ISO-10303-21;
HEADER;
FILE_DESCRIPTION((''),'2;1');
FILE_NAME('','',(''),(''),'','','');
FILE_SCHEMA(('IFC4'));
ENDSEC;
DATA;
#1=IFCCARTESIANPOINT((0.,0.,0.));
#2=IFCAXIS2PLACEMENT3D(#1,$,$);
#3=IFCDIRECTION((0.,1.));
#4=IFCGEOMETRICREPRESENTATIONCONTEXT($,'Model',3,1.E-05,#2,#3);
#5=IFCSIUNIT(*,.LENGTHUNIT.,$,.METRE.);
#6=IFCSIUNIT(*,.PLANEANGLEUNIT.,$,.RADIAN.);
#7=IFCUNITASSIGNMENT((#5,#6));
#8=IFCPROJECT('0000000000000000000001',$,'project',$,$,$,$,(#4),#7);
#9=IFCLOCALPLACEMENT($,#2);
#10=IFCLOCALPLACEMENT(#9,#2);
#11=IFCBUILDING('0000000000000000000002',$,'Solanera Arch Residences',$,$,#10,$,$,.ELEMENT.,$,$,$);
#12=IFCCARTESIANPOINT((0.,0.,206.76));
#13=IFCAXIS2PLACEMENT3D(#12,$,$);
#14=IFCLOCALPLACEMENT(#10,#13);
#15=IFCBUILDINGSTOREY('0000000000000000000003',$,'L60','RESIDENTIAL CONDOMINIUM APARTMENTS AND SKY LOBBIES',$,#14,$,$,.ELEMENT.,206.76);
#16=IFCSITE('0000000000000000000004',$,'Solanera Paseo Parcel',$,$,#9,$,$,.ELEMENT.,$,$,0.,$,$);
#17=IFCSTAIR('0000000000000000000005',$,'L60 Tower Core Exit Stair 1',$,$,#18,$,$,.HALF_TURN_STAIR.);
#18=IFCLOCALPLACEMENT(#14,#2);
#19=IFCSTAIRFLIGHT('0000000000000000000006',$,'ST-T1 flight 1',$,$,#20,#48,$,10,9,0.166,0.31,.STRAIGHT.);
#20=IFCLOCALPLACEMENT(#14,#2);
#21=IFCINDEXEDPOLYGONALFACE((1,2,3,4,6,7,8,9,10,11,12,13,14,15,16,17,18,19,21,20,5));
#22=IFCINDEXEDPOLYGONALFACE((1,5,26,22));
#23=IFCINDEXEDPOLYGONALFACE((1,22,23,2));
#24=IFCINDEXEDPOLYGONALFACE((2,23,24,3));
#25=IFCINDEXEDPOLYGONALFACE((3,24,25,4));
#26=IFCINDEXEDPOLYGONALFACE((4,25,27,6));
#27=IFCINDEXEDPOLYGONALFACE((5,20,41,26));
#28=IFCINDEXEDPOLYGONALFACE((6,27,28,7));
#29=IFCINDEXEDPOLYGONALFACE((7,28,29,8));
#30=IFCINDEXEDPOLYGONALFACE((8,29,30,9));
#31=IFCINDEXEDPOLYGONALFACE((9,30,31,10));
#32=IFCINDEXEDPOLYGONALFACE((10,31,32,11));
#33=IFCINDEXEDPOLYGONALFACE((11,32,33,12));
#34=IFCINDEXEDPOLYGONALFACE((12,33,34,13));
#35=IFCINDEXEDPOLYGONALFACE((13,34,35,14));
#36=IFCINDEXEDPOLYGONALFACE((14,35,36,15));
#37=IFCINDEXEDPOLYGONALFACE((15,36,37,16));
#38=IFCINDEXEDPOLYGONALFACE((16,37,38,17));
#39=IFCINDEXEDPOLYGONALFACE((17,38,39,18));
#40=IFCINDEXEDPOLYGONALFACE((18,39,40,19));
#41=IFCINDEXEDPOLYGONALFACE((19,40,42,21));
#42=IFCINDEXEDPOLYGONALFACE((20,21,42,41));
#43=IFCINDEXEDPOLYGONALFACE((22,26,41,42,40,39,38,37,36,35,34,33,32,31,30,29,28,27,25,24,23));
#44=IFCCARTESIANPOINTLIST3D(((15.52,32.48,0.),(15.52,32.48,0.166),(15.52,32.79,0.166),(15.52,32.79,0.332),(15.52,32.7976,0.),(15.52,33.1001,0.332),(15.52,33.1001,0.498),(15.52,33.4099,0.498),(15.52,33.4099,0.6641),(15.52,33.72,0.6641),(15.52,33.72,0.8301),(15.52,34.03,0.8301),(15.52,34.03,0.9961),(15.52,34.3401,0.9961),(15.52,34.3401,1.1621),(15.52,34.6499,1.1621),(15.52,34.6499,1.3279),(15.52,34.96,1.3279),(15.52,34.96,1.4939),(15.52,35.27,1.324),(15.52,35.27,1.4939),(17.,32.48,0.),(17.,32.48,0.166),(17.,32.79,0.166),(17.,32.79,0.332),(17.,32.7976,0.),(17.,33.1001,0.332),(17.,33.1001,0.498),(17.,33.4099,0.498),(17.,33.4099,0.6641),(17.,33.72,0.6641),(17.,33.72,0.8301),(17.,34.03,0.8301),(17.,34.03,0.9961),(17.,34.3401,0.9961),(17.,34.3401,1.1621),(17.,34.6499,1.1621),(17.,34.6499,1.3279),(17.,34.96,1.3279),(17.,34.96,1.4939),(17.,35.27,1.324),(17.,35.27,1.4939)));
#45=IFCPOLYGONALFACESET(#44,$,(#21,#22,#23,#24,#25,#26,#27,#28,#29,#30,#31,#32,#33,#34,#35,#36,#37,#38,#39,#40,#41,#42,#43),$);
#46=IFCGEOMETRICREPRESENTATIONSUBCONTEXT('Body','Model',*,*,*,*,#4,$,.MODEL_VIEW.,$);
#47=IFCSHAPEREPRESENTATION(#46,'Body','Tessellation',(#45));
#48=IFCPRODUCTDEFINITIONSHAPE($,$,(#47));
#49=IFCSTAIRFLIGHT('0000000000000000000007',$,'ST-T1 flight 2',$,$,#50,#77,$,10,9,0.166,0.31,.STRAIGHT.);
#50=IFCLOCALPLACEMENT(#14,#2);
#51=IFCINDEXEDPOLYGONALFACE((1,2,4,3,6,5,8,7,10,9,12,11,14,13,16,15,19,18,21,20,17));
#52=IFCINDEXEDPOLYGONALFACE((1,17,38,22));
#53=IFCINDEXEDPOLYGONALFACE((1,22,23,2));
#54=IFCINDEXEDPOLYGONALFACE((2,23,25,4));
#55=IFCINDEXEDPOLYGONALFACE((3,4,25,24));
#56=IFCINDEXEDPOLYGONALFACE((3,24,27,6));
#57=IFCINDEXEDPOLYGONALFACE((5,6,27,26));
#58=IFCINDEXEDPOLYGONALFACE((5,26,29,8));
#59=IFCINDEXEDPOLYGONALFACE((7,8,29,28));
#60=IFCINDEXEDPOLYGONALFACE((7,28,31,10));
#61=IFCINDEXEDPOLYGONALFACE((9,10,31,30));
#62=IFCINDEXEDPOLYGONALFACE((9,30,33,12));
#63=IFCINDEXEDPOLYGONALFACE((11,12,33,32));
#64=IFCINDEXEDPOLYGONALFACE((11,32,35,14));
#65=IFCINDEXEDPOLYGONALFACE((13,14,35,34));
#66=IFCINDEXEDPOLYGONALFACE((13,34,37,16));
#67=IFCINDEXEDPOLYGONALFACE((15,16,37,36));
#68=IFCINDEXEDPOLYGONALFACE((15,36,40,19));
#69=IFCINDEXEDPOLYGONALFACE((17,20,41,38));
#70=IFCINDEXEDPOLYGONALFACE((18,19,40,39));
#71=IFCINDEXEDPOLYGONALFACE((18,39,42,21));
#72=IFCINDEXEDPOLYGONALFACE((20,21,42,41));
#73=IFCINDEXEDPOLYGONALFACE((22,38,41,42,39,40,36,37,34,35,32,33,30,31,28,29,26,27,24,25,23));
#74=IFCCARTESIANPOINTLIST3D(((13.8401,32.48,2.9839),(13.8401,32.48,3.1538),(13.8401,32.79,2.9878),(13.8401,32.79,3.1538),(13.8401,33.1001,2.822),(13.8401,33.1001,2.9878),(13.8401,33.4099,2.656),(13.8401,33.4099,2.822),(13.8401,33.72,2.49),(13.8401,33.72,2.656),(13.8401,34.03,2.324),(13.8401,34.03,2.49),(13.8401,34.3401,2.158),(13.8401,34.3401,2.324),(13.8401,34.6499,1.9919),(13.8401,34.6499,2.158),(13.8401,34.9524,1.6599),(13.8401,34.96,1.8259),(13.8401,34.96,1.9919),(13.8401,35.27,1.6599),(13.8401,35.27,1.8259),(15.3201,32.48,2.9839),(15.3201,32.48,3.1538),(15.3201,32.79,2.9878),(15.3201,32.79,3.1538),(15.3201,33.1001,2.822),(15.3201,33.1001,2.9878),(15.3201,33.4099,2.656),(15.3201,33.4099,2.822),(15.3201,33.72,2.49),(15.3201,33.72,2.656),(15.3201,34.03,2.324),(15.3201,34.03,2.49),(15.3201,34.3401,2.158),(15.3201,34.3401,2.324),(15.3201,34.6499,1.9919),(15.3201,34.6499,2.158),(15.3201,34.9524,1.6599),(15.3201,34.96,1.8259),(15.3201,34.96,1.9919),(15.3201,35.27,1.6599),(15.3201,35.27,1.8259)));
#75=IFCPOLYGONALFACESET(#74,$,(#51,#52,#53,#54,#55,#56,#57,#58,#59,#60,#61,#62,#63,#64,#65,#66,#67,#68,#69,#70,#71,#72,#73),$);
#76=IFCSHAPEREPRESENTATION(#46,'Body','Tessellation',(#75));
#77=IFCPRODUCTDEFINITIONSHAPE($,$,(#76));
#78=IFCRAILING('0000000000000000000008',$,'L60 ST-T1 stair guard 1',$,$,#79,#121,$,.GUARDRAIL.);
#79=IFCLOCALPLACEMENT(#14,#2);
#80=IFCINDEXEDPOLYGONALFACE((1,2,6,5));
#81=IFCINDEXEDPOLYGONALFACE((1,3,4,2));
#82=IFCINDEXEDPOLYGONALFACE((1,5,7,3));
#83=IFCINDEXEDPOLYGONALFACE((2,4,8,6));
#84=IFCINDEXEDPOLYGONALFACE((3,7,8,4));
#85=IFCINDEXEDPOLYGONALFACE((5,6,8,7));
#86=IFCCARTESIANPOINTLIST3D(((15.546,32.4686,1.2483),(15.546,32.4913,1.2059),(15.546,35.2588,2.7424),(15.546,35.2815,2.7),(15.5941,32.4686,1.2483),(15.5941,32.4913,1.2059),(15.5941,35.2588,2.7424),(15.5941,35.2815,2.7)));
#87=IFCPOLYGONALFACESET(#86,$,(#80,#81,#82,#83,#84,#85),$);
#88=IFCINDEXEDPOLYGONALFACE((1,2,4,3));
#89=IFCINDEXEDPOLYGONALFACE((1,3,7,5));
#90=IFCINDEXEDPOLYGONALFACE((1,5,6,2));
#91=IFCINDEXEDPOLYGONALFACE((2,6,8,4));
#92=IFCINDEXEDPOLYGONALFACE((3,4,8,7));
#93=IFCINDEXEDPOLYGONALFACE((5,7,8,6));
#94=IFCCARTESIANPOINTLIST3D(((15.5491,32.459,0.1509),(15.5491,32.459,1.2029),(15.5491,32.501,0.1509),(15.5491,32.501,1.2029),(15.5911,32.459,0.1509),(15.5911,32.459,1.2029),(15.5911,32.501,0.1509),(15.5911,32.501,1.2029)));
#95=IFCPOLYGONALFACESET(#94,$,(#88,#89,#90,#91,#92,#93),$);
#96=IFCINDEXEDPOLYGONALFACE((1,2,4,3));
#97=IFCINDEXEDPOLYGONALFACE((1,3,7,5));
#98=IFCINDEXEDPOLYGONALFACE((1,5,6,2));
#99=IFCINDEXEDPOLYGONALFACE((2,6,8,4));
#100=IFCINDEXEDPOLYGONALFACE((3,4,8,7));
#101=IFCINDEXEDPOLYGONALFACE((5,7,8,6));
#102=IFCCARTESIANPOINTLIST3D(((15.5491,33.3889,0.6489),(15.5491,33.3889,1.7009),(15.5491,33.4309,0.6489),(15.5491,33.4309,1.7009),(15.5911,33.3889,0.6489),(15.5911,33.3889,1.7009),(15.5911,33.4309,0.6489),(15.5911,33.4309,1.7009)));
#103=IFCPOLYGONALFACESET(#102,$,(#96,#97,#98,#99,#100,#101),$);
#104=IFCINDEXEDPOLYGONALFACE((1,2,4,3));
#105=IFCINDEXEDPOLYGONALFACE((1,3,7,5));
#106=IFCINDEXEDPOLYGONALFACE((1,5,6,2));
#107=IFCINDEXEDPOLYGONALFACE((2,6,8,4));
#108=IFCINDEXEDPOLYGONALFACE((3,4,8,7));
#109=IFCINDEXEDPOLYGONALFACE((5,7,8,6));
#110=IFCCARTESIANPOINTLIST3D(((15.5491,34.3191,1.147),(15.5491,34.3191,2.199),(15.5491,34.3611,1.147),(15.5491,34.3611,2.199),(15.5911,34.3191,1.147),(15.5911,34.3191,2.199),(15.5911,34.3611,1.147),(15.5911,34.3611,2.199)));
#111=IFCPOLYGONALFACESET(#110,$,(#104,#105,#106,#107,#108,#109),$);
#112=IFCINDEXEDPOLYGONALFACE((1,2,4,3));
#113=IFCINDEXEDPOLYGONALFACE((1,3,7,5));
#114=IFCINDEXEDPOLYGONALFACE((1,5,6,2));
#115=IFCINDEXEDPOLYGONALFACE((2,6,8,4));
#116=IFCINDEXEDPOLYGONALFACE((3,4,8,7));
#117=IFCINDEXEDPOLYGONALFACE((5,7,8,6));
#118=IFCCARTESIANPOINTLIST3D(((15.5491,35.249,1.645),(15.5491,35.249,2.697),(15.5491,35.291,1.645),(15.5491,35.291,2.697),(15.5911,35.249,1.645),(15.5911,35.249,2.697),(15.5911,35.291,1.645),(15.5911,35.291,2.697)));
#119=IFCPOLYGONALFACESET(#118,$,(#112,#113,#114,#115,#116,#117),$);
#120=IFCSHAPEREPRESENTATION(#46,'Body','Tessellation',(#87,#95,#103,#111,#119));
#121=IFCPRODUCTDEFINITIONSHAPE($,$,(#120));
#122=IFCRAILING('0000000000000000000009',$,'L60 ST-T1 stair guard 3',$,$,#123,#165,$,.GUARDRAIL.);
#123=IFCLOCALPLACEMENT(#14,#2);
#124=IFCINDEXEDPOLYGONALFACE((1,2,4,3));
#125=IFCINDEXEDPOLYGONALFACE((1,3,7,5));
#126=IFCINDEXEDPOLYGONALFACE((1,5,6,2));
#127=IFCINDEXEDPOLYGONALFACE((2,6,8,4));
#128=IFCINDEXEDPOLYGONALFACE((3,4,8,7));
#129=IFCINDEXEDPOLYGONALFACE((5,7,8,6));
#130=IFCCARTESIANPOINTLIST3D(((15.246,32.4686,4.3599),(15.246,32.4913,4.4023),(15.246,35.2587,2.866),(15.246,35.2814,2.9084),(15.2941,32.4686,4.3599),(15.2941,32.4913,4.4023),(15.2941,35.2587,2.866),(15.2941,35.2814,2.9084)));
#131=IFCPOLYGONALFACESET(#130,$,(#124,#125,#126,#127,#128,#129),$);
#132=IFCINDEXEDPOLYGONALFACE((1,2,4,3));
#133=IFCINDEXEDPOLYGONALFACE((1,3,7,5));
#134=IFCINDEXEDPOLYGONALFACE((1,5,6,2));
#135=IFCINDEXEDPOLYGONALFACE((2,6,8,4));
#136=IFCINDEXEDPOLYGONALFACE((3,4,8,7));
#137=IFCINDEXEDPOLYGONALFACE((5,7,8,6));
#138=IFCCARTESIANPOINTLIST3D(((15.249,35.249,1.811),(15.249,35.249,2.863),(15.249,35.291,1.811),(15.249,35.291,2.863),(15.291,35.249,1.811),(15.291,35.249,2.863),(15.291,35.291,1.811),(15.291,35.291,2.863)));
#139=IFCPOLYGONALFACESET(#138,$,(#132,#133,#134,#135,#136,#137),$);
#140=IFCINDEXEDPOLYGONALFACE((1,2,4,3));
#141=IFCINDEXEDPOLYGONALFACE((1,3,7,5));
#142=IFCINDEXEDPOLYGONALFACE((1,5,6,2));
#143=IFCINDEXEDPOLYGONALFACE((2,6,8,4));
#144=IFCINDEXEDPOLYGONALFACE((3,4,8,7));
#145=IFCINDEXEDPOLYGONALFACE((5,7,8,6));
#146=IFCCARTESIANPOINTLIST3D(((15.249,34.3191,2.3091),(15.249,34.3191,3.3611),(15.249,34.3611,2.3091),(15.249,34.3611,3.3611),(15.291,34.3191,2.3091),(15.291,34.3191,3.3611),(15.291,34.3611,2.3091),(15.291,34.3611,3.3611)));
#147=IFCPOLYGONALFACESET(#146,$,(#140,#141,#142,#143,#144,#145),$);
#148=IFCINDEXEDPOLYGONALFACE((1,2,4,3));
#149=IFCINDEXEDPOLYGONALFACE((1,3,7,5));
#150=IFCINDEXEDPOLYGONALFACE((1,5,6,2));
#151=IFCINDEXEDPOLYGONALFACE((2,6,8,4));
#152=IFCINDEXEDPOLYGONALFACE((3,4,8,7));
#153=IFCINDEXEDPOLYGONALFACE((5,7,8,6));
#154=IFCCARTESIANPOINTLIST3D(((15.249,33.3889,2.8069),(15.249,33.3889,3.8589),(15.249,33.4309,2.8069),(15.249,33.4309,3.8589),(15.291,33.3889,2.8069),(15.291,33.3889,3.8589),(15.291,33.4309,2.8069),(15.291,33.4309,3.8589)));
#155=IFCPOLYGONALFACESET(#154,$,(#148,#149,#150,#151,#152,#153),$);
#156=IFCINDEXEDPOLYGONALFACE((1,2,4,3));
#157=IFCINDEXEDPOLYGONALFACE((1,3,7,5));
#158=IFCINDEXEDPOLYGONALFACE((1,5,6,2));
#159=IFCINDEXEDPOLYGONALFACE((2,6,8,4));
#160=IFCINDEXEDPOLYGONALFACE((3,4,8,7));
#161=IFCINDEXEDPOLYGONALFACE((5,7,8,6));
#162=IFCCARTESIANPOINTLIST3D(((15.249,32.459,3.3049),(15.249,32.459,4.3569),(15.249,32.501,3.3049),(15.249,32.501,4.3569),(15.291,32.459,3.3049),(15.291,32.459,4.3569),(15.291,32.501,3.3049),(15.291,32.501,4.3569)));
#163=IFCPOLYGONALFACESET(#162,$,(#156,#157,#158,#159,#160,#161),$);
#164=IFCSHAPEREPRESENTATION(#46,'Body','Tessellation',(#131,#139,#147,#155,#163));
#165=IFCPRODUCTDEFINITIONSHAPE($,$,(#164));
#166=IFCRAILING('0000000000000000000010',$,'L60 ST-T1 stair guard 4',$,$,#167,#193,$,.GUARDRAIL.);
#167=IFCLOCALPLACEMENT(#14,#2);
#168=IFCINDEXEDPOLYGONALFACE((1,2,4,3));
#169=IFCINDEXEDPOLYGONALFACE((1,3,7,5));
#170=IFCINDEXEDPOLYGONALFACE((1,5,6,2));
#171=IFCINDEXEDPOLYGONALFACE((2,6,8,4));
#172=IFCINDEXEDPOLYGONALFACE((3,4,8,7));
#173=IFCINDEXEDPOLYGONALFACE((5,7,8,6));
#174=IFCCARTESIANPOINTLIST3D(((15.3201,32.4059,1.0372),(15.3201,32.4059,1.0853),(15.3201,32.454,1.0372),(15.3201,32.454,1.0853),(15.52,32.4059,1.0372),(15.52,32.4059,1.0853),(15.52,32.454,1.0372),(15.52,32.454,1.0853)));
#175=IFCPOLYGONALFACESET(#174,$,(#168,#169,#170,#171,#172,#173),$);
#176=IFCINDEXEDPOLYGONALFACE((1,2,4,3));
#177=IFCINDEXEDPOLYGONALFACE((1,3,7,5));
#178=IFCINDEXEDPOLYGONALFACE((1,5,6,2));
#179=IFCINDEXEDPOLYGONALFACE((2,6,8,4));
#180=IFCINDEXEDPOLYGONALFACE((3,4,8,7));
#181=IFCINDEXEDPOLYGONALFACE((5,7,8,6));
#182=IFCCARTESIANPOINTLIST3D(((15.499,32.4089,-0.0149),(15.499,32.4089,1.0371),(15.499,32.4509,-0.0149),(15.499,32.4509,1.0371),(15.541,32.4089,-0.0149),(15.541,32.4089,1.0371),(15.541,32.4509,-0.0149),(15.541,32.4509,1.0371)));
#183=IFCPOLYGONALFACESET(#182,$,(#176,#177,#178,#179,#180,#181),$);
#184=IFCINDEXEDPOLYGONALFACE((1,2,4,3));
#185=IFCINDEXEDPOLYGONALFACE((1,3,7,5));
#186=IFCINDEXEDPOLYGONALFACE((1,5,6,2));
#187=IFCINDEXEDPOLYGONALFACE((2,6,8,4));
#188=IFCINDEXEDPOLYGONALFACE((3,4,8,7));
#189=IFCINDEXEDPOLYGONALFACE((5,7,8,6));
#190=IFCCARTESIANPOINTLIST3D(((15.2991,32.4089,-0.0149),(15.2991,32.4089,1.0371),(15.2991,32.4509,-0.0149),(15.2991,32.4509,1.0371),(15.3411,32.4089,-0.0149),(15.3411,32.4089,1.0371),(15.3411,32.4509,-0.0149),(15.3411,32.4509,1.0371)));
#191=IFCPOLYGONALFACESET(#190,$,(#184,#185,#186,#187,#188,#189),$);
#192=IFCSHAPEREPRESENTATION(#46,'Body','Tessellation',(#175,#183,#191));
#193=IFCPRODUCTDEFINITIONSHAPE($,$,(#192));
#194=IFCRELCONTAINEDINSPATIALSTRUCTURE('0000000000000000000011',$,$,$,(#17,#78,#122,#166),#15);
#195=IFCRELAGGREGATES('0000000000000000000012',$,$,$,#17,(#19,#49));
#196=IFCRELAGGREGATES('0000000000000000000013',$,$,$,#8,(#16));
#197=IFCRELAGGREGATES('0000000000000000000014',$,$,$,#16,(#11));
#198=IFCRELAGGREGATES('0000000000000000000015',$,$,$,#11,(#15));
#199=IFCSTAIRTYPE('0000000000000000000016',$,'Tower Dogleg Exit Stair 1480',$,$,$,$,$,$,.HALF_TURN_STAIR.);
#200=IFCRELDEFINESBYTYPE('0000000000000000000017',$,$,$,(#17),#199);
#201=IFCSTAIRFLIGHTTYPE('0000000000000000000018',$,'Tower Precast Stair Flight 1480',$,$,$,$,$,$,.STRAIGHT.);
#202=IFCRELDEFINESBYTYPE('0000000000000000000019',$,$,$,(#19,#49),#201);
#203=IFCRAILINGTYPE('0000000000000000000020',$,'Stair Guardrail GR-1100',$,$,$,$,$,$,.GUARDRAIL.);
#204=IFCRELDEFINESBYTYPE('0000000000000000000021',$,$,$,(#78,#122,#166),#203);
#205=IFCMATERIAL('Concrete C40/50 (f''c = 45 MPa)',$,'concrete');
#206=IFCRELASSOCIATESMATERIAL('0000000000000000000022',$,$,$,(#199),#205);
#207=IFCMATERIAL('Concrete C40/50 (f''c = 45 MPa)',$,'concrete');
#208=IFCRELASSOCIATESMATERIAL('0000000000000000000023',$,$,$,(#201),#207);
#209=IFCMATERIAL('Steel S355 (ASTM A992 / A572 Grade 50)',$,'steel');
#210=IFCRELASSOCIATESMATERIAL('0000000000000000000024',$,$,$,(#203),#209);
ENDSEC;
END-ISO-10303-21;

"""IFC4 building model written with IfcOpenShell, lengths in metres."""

from ifc_helpers import new_model, si_unit, direction, frame, origin, origin_2d, place, context, subcontext, project, spatial, polyline, rectangle, outline, extrude, material, type_object, element, aggregate, save


model = new_model("IFC4")

# Units and contexts
model_context = context("Model", 3, precision=1e-05, world=origin(), true_north=direction((0.0, 1.0)))
body_context = subcontext(model_context, "Body", "Model", "MODEL_VIEW")
ifc_project = project(units=[si_unit("LENGTHUNIT", "METRE"), si_unit("PLANEANGLEUNIT", "RADIAN")], contexts=[model_context])

# Site, building, storey
site_placement = place(None, origin())
site = spatial("IfcSite", under=ifc_project, at=site_placement, Name="Solanera Paseo Parcel", CompositionType="ELEMENT", RefElevation=0.0)
building_placement = place(site_placement, origin())
building = spatial("IfcBuilding", under=site, at=building_placement, Name="Solanera Arch Residences", CompositionType="ELEMENT")
storey_placement = place(building_placement, frame((0.0, 0.0, 206.76)))
storey = spatial("IfcBuildingStorey", under=building, at=storey_placement, Name="L60", Description="RESIDENTIAL CONDOMINIUM APARTMENTS AND SKY LOBBIES", CompositionType="ELEMENT", Elevation=206.76)

# Stair, stair flights
ifc_material_1 = material(Name="Concrete C40/50 (f'c = 45 MPa)", Category="concrete")
stair_type = type_object("IfcStairType", Name="Tower Dogleg Exit Stair 1480", PredefinedType="HALF_TURN_STAIR", material=ifc_material_1)
stair_placement = place(storey_placement, origin())
stair = element("IfcStair", 1, at=stair_placement, inside=storey, type_object=stair_type, Name="L60 Tower Core Exit Stair 1", PredefinedType="HALF_TURN_STAIR")
ifc_material_2 = material(Name="Concrete C40/50 (f'c = 45 MPa)", Category="concrete")
stair_flight_type = type_object("IfcStairFlightType", Name="Tower Precast Stair Flight 1480", PredefinedType="STRAIGHT", material=ifc_material_2)
stair_flight_1_placement = place(storey_placement, frame((16.26, 32.48, 0.0), z_axis=(0.0, 0.0, 1.0), x_axis=(0.0, 1.0, 0.0)))
stair_flight_1 = element("IfcStairFlight", 2, at=stair_flight_1_placement, type_object=stair_flight_type, Name="ST-T1 flight 1", NumberOfRisers=10, NumberOfTreads=9, PredefinedType="STRAIGHT", RiserHeight=0.166, TreadLength=0.31, context=body_context, shape_type="SweptSolid", body=[
    extrude(outline(polyline([(0.0, 0.0), (0.0, 0.166), (0.3101, 0.166), (0.3101, 0.332), (0.6201, 0.332), (0.6201, 0.498), (0.9299, 0.498), (0.9299, 0.6641), (1.24, 0.6641), (1.24, 0.8301), (1.55, 0.8301), (1.55, 0.9961), (1.8601, 0.9961), (1.8601, 1.1621), (2.1699, 1.1621), (2.1699, 1.3279), (2.48, 1.3279), (2.48, 1.4939), (2.79, 1.4939), (2.79, 1.6599), (2.79, 1.324), (0.3176, 0.0), (0.0, 0.0)])), frame((0.0, 0.74, 0.0), z_axis=(0.0, -1.0, 0.0), x_axis=(1.0, 0.0, 0.0)), (0.0, 0.0, 1.0), 1.48),
])
stair_flight_2_placement = place(storey_placement, frame((14.5801, 35.27, 1.6599), z_axis=(0.0, 0.0, 1.0), x_axis=(0.0, -1.0, 0.0)))
stair_flight_2 = element("IfcStairFlight", 3, at=stair_flight_2_placement, type_object=stair_flight_type, Name="ST-T1 flight 2", NumberOfRisers=10, NumberOfTreads=9, PredefinedType="STRAIGHT", RiserHeight=0.166, TreadLength=0.31, context=body_context, shape_type="SweptSolid", body=[
    extrude(outline(polyline([(0.0, 0.0), (0.0, 0.166), (0.3101, 0.166), (0.3101, 0.332), (0.6201, 0.332), (0.6201, 0.498), (0.9299, 0.498), (0.9299, 0.6641), (1.24, 0.6641), (1.24, 0.8301), (1.55, 0.8301), (1.55, 0.9961), (1.8601, 0.9961), (1.8601, 1.1621), (2.1699, 1.1621), (2.1699, 1.3279), (2.48, 1.3279), (2.48, 1.4939), (2.79, 1.4939), (2.79, 1.6599), (2.79, 1.324), (0.3176, 0.0), (0.0, 0.0)])), frame((0.0, 0.74, 0.0), z_axis=(0.0, -1.0, 0.0), x_axis=(1.0, 0.0, 0.0)), (0.0, 0.0, 1.0), 1.48),
])
aggregate(stair, [stair_flight_1, stair_flight_2])

# Railings
ifc_material_3 = material(Name="Steel S355 (ASTM A992 / A572 Grade 50)", Category="steel")
railing_type_1 = type_object("IfcRailingType", Name="Stair Guardrail GR-1100", PredefinedType="GUARDRAIL", material=ifc_material_3)
railing_1_placement = place(storey_placement, frame((15.5701, 32.48, 0.1509)))
element("IfcRailing", 4, at=railing_1_placement, inside=storey, type_object=railing_type_1, Name="L60 ST-T1 stair guard 1", PredefinedType="GUARDRAIL", context=body_context, shape_type="SweptSolid", body=[
    extrude(rectangle(XDim=0.0481, YDim=0.0481, at=origin_2d()), frame((0.0, 0.0, 1.0762), z_axis=(0.0, 0.881549, 0.472093), x_axis=(-1.0, 0.0, 0.0)), (0.0, 0.0, 1.0), 3.165),
    extrude(rectangle(XDim=0.042, YDim=0.042, at=origin_2d()), origin(), (0.0, 0.0, 1.0), 1.052),
    extrude(rectangle(XDim=0.042, YDim=0.042, at=origin_2d()), frame((0.0, 0.9299, 0.498)), (0.0, 0.0, 1.0), 1.052),
    extrude(rectangle(XDim=0.042, YDim=0.042, at=origin_2d()), frame((0.0, 1.8601, 0.9961)), (0.0, 0.0, 1.0), 1.052),
    extrude(rectangle(XDim=0.042, YDim=0.042, at=origin_2d()), frame((0.0, 2.79, 1.4941)), (0.0, 0.0, 1.0), 1.052),
])
railing_2_placement = place(storey_placement, frame((15.27, 35.27, 1.811)))
element("IfcRailing", 5, at=railing_2_placement, inside=storey, type_object=railing_type_1, Name="L60 ST-T1 stair guard 3", PredefinedType="GUARDRAIL", context=body_context, shape_type="SweptSolid", body=[
    extrude(rectangle(XDim=0.0481, YDim=0.0481, at=origin_2d()), frame((0.0, 0.0, 1.0762), z_axis=(0.0, -0.881581, 0.472033), x_axis=(1.0, 0.0, 0.0)), (0.0, 0.0, 1.0), 3.1648),
    extrude(rectangle(XDim=0.042, YDim=0.042, at=origin_2d()), origin(), (0.0, 0.0, 1.0), 1.052),
    extrude(rectangle(XDim=0.042, YDim=0.042, at=origin_2d()), frame((0.0, -0.9299, 0.498)), (0.0, 0.0, 1.0), 1.052),
    extrude(rectangle(XDim=0.042, YDim=0.042, at=origin_2d()), frame((0.0, -1.8601, 0.9958)), (0.0, 0.0, 1.0), 1.052),
    extrude(rectangle(XDim=0.042, YDim=0.042, at=origin_2d()), frame((0.0, -2.79, 1.4939)), (0.0, 0.0, 1.0), 1.052),
])
railing_3_placement = place(storey_placement, frame((15.52, 32.4299, -0.0149)))
element("IfcRailing", 6, at=railing_3_placement, inside=storey, type_object=railing_type_1, Name="L60 ST-T1 stair guard 4", PredefinedType="GUARDRAIL", context=body_context, shape_type="SweptSolid", body=[
    extrude(rectangle(XDim=0.0481, YDim=0.0481, at=origin_2d()), frame((0.0, 0.0, 1.0762), z_axis=(-1.0, 0.0, 0.0), x_axis=(0.0, -1.0, 0.0)), (0.0, 0.0, 1.0), 0.2),
    extrude(rectangle(XDim=0.042, YDim=0.042, at=origin_2d()), origin(), (0.0, 0.0, 1.0), 1.052),
    extrude(rectangle(XDim=0.042, YDim=0.042, at=origin_2d()), frame((-0.2, 0.0, 0.0)), (0.0, 0.0, 1.0), 1.052),
])

save(model, "model.ifc")
